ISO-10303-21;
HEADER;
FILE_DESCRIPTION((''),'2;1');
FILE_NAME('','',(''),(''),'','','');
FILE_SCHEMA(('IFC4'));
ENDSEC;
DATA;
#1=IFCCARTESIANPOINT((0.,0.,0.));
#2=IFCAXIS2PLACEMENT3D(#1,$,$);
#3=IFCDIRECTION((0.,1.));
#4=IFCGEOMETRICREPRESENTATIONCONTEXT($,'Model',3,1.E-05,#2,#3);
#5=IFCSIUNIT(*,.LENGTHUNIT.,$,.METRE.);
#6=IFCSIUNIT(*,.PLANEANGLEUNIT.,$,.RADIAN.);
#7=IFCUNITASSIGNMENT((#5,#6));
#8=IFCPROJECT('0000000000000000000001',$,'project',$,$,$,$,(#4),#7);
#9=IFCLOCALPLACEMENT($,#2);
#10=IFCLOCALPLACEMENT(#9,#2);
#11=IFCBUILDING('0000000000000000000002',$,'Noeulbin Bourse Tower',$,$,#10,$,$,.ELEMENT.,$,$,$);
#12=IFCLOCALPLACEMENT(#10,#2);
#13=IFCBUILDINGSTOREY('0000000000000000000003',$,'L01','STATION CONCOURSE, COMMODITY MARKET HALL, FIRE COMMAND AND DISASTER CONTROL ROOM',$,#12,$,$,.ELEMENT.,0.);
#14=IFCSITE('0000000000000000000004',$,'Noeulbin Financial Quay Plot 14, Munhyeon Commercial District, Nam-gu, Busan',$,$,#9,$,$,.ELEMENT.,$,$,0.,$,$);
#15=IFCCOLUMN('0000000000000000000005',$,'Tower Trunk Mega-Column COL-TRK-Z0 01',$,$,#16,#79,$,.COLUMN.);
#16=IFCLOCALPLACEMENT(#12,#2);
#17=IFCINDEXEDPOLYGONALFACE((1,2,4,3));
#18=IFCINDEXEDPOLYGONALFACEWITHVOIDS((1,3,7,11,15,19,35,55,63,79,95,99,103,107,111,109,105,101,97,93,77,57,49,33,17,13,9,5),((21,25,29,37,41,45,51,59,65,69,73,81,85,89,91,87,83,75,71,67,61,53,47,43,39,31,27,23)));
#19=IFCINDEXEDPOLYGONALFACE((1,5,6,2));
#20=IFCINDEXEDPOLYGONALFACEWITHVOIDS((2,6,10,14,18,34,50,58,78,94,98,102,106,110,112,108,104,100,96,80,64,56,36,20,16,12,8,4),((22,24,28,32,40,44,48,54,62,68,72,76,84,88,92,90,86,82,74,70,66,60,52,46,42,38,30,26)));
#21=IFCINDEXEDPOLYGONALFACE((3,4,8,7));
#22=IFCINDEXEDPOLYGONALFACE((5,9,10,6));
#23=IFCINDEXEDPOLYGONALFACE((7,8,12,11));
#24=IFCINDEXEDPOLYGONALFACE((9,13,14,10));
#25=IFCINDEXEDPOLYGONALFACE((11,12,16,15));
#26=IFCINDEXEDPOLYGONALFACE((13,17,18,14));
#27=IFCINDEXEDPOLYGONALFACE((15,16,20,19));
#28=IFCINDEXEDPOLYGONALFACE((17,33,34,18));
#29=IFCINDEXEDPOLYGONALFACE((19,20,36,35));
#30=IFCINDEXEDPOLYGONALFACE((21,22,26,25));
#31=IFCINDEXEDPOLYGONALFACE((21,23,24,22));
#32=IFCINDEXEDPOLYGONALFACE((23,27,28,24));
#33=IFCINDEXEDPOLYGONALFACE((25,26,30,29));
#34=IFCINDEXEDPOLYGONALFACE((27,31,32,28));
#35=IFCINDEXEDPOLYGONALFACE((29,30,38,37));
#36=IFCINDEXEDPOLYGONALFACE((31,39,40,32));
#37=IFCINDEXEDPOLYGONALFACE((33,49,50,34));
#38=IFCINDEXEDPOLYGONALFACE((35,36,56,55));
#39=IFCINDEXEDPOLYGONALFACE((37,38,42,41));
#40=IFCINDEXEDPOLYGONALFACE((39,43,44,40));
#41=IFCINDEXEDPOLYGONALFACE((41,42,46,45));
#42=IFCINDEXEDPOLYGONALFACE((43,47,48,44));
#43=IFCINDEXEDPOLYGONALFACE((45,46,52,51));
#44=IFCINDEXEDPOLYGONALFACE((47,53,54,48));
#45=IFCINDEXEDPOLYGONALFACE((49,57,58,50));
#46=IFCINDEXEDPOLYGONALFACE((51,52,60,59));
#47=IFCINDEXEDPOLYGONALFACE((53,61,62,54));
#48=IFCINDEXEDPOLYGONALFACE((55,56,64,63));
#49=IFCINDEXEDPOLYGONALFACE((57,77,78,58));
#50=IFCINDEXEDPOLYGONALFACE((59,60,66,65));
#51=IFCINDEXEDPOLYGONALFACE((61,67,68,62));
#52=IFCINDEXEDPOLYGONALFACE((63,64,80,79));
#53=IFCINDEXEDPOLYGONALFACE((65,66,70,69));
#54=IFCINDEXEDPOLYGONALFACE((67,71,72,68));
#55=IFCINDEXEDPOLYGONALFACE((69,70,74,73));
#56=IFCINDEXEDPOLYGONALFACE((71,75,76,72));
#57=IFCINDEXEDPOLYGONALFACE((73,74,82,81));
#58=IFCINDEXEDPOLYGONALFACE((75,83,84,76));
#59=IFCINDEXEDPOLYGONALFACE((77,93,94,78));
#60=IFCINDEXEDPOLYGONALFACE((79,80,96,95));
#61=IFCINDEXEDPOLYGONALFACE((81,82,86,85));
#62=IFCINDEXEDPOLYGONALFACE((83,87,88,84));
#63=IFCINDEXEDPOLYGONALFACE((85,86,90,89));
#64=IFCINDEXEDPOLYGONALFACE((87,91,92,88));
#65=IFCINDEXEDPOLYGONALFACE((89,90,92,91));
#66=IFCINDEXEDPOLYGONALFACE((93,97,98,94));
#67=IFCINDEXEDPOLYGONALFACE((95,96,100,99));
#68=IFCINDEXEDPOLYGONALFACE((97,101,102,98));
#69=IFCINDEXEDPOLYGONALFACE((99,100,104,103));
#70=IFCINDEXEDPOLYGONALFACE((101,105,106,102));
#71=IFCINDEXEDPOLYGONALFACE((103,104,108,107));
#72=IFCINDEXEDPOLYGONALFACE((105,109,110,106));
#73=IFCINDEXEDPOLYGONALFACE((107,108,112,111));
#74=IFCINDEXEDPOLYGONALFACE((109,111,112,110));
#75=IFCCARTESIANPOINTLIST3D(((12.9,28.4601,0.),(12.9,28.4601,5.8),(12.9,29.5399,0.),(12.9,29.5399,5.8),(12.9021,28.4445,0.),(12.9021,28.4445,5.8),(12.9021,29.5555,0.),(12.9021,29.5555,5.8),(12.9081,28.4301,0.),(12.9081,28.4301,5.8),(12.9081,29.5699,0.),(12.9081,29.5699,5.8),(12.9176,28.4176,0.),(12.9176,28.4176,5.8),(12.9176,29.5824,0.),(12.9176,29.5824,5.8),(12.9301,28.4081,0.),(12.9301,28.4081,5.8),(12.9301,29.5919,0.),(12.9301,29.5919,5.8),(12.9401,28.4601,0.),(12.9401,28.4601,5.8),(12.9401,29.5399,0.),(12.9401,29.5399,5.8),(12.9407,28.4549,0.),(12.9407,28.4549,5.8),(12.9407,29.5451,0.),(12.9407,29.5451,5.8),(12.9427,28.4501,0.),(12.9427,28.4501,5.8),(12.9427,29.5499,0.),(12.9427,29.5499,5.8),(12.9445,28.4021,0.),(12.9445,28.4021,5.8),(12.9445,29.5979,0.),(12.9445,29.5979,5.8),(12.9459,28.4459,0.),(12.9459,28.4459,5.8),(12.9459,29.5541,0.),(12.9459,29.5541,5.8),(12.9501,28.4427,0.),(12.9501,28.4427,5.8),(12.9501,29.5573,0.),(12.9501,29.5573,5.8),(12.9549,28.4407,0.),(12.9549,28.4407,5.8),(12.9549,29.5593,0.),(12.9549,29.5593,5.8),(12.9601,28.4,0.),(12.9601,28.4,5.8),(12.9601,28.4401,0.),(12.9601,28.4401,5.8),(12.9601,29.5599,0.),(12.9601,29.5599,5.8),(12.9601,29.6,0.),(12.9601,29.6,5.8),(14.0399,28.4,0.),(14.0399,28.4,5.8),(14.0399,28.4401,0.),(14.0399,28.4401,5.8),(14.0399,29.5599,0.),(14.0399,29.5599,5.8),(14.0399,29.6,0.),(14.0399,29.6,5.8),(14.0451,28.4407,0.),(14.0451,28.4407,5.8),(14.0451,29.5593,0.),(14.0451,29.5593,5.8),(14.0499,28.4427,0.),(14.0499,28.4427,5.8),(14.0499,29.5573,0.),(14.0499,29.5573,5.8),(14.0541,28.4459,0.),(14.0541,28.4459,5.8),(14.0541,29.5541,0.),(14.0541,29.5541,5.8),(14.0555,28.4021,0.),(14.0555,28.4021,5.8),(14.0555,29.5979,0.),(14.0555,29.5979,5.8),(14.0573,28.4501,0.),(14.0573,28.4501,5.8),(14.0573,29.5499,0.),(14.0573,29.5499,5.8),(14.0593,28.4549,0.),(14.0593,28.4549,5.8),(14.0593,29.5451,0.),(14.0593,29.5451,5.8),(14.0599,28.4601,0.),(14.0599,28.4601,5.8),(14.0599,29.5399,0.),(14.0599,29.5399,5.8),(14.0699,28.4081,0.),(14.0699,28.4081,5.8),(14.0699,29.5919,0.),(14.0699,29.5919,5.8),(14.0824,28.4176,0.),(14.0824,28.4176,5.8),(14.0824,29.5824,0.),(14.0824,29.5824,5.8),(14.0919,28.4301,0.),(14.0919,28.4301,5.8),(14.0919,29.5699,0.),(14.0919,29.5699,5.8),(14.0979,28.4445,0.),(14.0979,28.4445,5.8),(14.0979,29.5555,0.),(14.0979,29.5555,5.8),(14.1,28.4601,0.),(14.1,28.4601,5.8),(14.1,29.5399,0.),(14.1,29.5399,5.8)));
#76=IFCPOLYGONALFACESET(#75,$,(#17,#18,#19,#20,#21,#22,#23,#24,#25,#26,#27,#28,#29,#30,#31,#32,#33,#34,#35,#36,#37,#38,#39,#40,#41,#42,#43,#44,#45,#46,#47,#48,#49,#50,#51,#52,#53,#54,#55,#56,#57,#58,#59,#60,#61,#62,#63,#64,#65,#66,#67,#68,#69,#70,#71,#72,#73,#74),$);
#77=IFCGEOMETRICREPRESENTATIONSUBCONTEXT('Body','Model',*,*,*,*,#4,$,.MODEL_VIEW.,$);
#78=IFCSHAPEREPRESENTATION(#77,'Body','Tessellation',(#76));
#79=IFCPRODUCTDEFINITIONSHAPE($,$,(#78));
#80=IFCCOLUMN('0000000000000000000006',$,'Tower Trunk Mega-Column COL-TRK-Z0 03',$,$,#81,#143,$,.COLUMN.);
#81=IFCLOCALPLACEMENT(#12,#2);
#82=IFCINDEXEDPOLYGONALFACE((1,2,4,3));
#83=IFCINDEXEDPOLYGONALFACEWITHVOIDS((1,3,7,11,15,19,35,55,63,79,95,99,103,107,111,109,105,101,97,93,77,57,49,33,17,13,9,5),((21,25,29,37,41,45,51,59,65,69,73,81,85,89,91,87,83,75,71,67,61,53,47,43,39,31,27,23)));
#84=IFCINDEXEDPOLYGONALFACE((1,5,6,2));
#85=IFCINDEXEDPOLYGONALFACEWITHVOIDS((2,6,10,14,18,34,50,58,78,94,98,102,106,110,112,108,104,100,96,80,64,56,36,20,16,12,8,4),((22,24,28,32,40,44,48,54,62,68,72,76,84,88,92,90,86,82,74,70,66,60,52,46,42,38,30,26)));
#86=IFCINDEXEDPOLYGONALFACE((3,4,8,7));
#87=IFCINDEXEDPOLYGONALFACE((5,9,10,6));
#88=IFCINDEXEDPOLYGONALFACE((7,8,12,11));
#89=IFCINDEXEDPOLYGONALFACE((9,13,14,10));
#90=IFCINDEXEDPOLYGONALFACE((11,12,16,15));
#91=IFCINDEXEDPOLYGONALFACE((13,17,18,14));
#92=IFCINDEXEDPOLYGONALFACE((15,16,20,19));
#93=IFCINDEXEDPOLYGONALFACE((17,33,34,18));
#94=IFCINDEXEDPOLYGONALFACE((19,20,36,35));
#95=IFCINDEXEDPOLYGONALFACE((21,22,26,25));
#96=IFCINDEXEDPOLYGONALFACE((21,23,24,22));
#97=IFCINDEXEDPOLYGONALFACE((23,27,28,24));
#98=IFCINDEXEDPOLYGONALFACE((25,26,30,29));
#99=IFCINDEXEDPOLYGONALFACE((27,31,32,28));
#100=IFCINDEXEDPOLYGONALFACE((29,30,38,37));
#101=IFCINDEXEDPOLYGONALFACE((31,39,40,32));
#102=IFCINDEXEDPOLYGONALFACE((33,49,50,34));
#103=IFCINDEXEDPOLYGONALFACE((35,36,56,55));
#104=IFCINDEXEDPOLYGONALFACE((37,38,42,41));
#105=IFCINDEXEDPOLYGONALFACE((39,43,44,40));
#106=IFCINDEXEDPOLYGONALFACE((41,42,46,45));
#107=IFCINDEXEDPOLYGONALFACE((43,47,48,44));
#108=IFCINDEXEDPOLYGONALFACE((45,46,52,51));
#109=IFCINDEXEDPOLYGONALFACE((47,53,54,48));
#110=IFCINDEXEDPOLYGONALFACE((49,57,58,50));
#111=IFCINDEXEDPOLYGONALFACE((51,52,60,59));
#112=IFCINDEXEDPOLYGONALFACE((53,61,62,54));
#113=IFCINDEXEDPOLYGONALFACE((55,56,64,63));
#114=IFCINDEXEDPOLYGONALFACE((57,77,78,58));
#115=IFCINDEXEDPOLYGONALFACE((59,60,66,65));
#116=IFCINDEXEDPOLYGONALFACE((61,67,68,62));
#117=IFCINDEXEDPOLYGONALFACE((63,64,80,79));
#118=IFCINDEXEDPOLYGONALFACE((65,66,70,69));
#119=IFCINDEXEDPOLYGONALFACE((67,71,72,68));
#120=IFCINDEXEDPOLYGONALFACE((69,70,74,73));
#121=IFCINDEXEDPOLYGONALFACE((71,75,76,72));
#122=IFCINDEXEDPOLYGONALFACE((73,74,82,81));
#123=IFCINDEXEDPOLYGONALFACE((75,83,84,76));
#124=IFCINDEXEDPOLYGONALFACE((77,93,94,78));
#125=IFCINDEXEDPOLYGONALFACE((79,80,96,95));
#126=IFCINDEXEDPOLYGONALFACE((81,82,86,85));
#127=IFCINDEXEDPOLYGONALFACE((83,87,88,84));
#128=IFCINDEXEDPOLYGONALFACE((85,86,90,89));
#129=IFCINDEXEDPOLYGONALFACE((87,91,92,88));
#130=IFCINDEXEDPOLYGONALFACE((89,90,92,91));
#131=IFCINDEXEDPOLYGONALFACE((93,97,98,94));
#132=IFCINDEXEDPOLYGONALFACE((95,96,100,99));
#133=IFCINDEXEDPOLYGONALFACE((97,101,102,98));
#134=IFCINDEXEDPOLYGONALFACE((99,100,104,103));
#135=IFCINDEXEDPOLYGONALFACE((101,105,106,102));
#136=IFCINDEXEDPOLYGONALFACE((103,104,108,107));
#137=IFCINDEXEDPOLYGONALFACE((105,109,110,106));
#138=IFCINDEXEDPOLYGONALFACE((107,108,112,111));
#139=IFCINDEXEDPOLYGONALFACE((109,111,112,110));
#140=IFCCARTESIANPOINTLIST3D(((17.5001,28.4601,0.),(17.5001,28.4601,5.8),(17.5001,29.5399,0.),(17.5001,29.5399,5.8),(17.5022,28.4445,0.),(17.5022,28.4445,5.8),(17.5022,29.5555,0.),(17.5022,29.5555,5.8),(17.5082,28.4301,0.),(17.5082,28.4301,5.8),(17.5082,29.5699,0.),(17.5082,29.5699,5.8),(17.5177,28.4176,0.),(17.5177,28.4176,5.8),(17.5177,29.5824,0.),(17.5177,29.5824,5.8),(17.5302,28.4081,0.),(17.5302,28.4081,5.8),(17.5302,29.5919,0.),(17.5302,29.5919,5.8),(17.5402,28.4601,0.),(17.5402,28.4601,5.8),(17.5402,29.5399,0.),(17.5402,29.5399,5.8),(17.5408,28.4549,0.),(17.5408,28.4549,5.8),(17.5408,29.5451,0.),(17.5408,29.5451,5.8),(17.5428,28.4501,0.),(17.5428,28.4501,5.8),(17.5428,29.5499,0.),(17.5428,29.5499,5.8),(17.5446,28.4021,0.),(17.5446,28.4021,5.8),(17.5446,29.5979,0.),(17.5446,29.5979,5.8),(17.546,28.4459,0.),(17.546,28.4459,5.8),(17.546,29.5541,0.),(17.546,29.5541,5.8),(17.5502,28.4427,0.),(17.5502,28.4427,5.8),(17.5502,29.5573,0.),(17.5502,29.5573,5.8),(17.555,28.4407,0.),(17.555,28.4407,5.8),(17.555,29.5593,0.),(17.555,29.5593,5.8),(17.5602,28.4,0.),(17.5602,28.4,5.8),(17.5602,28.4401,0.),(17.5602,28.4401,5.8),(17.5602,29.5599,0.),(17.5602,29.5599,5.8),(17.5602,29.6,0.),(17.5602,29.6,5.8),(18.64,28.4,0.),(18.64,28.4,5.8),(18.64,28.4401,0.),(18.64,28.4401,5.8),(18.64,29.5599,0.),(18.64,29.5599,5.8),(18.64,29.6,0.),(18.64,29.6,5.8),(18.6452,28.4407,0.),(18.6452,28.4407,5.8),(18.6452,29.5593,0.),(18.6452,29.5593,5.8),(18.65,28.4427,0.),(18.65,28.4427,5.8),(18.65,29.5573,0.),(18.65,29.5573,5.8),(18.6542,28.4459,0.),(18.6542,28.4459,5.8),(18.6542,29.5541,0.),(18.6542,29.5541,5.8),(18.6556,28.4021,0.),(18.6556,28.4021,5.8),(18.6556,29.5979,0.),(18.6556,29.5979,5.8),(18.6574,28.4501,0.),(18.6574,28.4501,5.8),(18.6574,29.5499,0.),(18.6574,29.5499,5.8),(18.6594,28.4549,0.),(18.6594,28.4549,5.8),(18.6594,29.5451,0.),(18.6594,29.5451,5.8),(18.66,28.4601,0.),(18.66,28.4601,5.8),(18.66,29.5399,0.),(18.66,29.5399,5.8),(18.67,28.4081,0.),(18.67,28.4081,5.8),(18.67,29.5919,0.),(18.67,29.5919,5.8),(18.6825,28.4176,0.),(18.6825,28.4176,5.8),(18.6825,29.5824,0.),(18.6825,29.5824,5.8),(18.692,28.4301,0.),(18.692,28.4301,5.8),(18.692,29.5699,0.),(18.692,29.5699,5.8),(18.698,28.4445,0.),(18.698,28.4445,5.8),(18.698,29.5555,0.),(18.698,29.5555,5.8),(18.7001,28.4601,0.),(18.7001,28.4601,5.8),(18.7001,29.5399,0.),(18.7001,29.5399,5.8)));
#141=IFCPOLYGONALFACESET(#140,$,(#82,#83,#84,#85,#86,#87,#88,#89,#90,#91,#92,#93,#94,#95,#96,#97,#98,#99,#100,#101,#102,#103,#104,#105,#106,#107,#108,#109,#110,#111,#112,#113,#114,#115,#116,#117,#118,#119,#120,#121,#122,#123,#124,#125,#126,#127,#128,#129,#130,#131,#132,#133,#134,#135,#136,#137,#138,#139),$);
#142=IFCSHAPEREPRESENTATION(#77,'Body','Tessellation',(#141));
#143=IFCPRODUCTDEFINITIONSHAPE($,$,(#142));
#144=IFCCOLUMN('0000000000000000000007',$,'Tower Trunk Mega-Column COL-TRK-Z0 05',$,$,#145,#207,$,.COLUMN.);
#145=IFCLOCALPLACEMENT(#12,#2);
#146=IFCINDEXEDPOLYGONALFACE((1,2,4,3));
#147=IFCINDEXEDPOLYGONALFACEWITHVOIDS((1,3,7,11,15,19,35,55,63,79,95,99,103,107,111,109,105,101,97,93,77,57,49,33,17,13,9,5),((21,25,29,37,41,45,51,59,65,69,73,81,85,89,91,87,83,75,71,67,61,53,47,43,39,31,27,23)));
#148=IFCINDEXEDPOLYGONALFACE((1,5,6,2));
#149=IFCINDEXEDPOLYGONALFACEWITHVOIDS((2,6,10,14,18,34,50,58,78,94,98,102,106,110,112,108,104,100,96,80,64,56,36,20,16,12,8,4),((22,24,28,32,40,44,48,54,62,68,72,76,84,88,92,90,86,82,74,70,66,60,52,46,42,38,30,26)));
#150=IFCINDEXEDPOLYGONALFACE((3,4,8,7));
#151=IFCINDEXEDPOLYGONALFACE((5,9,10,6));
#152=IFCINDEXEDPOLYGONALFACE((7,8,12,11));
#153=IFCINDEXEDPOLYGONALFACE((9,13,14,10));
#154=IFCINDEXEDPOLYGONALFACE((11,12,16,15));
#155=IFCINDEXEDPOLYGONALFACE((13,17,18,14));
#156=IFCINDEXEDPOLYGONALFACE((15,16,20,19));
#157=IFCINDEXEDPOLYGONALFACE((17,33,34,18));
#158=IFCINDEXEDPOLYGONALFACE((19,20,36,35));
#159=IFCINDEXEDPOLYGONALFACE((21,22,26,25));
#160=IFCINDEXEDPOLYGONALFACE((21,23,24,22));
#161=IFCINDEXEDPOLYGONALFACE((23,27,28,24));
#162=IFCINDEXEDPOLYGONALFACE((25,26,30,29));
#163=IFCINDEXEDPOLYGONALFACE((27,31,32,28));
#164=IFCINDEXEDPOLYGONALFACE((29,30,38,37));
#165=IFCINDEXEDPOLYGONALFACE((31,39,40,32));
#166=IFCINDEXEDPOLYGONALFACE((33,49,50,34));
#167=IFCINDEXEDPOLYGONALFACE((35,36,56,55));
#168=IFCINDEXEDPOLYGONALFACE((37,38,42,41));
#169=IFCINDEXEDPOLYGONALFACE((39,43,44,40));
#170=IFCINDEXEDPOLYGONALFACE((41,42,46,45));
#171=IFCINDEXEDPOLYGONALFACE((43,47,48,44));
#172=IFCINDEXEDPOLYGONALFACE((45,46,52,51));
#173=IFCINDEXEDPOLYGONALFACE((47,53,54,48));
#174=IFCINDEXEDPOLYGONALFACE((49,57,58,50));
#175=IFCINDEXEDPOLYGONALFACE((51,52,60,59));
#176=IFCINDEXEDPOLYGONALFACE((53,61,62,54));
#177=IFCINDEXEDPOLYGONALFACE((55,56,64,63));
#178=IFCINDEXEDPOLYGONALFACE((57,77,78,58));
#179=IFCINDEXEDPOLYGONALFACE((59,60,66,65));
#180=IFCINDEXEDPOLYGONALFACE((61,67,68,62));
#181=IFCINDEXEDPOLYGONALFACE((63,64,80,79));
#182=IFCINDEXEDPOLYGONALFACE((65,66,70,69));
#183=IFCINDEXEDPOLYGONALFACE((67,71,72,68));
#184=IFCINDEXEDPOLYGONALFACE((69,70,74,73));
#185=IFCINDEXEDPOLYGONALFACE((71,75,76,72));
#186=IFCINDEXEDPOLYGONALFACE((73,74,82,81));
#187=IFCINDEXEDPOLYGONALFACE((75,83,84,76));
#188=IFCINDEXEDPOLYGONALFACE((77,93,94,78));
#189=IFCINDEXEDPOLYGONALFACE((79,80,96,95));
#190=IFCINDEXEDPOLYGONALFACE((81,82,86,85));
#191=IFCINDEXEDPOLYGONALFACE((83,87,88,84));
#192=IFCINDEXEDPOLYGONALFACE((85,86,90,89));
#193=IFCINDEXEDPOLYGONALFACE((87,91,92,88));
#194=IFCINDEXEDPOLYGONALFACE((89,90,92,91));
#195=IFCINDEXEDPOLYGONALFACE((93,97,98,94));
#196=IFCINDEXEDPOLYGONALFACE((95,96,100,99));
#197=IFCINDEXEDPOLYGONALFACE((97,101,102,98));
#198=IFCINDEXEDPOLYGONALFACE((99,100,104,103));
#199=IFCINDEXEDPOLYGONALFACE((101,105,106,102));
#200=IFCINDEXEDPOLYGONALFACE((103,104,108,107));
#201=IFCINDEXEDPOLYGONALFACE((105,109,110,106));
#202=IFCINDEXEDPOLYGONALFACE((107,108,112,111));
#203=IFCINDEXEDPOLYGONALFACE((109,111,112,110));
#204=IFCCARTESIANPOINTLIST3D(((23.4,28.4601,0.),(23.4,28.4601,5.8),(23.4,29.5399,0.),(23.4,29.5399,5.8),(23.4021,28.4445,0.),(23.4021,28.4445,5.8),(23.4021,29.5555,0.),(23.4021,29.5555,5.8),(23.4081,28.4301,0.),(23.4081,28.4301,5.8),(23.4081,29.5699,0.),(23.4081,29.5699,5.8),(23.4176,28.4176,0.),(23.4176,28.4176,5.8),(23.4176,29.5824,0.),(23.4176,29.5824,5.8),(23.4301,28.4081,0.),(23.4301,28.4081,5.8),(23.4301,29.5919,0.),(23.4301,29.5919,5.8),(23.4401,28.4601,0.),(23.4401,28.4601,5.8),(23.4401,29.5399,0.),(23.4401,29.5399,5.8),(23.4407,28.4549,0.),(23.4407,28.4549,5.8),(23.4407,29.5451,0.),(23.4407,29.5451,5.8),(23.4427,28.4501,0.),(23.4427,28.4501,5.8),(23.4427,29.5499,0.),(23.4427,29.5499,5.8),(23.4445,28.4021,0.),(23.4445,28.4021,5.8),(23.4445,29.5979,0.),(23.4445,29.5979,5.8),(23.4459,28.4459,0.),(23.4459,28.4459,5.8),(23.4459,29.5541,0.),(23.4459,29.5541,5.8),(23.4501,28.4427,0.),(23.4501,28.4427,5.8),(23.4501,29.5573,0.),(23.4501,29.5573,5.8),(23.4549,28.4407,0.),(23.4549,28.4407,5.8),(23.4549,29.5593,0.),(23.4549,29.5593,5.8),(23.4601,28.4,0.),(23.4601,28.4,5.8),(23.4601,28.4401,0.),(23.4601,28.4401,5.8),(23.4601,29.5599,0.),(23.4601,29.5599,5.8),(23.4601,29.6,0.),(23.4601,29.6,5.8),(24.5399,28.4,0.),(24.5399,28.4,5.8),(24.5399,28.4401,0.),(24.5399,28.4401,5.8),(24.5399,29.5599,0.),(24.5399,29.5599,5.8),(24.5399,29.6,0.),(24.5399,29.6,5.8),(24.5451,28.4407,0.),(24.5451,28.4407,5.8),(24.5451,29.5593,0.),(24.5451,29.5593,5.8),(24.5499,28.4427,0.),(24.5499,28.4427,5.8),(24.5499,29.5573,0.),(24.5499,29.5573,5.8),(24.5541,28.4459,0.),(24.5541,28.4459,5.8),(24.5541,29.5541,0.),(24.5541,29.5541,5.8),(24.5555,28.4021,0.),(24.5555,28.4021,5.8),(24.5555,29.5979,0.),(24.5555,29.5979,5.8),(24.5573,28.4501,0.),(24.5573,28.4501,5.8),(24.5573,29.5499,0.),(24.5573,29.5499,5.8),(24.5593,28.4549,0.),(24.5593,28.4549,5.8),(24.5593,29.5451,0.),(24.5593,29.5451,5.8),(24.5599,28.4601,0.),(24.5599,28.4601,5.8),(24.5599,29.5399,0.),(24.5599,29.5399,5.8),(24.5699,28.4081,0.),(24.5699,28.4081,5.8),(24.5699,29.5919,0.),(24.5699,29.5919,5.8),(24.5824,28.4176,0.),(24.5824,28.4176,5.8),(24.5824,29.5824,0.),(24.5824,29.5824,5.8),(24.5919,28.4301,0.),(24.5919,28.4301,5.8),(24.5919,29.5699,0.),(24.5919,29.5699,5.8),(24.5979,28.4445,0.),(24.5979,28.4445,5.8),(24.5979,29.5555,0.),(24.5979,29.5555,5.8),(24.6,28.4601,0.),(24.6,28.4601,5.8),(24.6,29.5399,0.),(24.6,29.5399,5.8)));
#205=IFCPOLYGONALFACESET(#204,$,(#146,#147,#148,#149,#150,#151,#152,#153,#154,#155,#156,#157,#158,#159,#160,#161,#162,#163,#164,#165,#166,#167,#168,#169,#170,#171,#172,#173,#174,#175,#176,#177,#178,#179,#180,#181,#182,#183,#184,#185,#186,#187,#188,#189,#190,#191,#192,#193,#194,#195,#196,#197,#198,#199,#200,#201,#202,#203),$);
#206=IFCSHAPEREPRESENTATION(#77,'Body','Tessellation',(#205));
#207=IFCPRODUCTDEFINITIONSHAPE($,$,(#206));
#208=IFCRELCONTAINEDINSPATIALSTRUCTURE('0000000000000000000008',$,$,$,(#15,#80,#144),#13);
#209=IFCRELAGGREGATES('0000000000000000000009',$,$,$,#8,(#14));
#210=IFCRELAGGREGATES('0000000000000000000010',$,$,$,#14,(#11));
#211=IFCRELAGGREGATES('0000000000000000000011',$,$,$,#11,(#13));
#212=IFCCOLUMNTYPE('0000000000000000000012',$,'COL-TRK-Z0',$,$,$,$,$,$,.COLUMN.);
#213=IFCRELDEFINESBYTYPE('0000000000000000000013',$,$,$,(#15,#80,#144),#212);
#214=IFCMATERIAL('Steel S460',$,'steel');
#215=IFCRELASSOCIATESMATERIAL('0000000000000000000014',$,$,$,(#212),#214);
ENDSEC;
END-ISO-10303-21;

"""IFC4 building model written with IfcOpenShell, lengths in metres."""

from ifc_helpers import new_model, si_unit, direction, frame, origin, origin_2d, place, context, subcontext, project, spatial, hollow_rectangle, extrude, material, material_profile, profile_set, type_object, element, save


model = new_model("IFC4")

# Units and contexts
model_context = context("Model", 3, precision=1e-05, world=origin(), true_north=direction((0.0, 1.0)))
body_context = subcontext(model_context, "Body", "Model", "MODEL_VIEW")
ifc_project = project(units=[si_unit("LENGTHUNIT", "METRE"), si_unit("PLANEANGLEUNIT", "RADIAN")], contexts=[model_context])

# Site, building, storey
site_placement = place(None, origin())
site = spatial("IfcSite", under=ifc_project, at=site_placement, Name="Noeulbin Financial Quay Plot 14, Munhyeon Commercial District, Nam-gu, Busan", CompositionType="ELEMENT", RefElevation=0.0)
building_placement = place(site_placement, origin())
building = spatial("IfcBuilding", under=site, at=building_placement, Name="Noeulbin Bourse Tower", CompositionType="ELEMENT")
storey_placement = place(building_placement, origin())
storey = spatial("IfcBuildingStorey", under=building, at=storey_placement, Name="L01", Description="STATION CONCOURSE, COMMODITY MARKET HALL, FIRE COMMAND AND DISASTER CONTROL ROOM", CompositionType="ELEMENT", Elevation=0.0)

# Columns
ifc_material_1 = material(Name="Steel S460", Category="steel")
ifc_material_profile_1 = material_profile(ifc_material_1, hollow_rectangle(XDim=1.2, YDim=1.2, WallThickness=0.04, InnerFilletRadius=0.02, OuterFilletRadius=0.0601, at=origin_2d()), Name="BOX-1200x1200x40", Category="LoadBearing")
ifc_profile_set_1 = profile_set([ifc_material_profile_1], Name="Steel S460")
column_type = type_object("IfcColumnType", Name="COL-TRK-Z0", PredefinedType="COLUMN", material=ifc_profile_set_1)
for number, where, z_axis, x_axis, name in (
    (1, (13.5, 29.0, 0.0), (0.0, 0.0, 1.0), (1.0, 0.0, 0.0), "Tower Trunk Mega-Column COL-TRK-Z0 01"),
    (2, (18.1001, 29.0, 0.0), (0.0, 0.0, 1.0), (1.0, 0.0, 0.0), "Tower Trunk Mega-Column COL-TRK-Z0 03"),
    (3, (24.0, 29.0, 0.0), (0.0, 0.0, 1.0), (1.0, 0.0, 0.0), "Tower Trunk Mega-Column COL-TRK-Z0 05"),
):
    element("IfcColumn", number, at=place(storey_placement, frame(where, z_axis=z_axis, x_axis=x_axis)), inside=storey, type_object=column_type, Name=name, PredefinedType="COLUMN", context=body_context, shape_type="SweptSolid", body=[
        extrude(hollow_rectangle(XDim=1.2, YDim=1.2, WallThickness=0.04, InnerFilletRadius=0.02, OuterFilletRadius=0.0601, at=origin_2d()), origin(), (0.0, 0.0, 1.0), 5.8),
    ])

save(model, "model.ifc")
